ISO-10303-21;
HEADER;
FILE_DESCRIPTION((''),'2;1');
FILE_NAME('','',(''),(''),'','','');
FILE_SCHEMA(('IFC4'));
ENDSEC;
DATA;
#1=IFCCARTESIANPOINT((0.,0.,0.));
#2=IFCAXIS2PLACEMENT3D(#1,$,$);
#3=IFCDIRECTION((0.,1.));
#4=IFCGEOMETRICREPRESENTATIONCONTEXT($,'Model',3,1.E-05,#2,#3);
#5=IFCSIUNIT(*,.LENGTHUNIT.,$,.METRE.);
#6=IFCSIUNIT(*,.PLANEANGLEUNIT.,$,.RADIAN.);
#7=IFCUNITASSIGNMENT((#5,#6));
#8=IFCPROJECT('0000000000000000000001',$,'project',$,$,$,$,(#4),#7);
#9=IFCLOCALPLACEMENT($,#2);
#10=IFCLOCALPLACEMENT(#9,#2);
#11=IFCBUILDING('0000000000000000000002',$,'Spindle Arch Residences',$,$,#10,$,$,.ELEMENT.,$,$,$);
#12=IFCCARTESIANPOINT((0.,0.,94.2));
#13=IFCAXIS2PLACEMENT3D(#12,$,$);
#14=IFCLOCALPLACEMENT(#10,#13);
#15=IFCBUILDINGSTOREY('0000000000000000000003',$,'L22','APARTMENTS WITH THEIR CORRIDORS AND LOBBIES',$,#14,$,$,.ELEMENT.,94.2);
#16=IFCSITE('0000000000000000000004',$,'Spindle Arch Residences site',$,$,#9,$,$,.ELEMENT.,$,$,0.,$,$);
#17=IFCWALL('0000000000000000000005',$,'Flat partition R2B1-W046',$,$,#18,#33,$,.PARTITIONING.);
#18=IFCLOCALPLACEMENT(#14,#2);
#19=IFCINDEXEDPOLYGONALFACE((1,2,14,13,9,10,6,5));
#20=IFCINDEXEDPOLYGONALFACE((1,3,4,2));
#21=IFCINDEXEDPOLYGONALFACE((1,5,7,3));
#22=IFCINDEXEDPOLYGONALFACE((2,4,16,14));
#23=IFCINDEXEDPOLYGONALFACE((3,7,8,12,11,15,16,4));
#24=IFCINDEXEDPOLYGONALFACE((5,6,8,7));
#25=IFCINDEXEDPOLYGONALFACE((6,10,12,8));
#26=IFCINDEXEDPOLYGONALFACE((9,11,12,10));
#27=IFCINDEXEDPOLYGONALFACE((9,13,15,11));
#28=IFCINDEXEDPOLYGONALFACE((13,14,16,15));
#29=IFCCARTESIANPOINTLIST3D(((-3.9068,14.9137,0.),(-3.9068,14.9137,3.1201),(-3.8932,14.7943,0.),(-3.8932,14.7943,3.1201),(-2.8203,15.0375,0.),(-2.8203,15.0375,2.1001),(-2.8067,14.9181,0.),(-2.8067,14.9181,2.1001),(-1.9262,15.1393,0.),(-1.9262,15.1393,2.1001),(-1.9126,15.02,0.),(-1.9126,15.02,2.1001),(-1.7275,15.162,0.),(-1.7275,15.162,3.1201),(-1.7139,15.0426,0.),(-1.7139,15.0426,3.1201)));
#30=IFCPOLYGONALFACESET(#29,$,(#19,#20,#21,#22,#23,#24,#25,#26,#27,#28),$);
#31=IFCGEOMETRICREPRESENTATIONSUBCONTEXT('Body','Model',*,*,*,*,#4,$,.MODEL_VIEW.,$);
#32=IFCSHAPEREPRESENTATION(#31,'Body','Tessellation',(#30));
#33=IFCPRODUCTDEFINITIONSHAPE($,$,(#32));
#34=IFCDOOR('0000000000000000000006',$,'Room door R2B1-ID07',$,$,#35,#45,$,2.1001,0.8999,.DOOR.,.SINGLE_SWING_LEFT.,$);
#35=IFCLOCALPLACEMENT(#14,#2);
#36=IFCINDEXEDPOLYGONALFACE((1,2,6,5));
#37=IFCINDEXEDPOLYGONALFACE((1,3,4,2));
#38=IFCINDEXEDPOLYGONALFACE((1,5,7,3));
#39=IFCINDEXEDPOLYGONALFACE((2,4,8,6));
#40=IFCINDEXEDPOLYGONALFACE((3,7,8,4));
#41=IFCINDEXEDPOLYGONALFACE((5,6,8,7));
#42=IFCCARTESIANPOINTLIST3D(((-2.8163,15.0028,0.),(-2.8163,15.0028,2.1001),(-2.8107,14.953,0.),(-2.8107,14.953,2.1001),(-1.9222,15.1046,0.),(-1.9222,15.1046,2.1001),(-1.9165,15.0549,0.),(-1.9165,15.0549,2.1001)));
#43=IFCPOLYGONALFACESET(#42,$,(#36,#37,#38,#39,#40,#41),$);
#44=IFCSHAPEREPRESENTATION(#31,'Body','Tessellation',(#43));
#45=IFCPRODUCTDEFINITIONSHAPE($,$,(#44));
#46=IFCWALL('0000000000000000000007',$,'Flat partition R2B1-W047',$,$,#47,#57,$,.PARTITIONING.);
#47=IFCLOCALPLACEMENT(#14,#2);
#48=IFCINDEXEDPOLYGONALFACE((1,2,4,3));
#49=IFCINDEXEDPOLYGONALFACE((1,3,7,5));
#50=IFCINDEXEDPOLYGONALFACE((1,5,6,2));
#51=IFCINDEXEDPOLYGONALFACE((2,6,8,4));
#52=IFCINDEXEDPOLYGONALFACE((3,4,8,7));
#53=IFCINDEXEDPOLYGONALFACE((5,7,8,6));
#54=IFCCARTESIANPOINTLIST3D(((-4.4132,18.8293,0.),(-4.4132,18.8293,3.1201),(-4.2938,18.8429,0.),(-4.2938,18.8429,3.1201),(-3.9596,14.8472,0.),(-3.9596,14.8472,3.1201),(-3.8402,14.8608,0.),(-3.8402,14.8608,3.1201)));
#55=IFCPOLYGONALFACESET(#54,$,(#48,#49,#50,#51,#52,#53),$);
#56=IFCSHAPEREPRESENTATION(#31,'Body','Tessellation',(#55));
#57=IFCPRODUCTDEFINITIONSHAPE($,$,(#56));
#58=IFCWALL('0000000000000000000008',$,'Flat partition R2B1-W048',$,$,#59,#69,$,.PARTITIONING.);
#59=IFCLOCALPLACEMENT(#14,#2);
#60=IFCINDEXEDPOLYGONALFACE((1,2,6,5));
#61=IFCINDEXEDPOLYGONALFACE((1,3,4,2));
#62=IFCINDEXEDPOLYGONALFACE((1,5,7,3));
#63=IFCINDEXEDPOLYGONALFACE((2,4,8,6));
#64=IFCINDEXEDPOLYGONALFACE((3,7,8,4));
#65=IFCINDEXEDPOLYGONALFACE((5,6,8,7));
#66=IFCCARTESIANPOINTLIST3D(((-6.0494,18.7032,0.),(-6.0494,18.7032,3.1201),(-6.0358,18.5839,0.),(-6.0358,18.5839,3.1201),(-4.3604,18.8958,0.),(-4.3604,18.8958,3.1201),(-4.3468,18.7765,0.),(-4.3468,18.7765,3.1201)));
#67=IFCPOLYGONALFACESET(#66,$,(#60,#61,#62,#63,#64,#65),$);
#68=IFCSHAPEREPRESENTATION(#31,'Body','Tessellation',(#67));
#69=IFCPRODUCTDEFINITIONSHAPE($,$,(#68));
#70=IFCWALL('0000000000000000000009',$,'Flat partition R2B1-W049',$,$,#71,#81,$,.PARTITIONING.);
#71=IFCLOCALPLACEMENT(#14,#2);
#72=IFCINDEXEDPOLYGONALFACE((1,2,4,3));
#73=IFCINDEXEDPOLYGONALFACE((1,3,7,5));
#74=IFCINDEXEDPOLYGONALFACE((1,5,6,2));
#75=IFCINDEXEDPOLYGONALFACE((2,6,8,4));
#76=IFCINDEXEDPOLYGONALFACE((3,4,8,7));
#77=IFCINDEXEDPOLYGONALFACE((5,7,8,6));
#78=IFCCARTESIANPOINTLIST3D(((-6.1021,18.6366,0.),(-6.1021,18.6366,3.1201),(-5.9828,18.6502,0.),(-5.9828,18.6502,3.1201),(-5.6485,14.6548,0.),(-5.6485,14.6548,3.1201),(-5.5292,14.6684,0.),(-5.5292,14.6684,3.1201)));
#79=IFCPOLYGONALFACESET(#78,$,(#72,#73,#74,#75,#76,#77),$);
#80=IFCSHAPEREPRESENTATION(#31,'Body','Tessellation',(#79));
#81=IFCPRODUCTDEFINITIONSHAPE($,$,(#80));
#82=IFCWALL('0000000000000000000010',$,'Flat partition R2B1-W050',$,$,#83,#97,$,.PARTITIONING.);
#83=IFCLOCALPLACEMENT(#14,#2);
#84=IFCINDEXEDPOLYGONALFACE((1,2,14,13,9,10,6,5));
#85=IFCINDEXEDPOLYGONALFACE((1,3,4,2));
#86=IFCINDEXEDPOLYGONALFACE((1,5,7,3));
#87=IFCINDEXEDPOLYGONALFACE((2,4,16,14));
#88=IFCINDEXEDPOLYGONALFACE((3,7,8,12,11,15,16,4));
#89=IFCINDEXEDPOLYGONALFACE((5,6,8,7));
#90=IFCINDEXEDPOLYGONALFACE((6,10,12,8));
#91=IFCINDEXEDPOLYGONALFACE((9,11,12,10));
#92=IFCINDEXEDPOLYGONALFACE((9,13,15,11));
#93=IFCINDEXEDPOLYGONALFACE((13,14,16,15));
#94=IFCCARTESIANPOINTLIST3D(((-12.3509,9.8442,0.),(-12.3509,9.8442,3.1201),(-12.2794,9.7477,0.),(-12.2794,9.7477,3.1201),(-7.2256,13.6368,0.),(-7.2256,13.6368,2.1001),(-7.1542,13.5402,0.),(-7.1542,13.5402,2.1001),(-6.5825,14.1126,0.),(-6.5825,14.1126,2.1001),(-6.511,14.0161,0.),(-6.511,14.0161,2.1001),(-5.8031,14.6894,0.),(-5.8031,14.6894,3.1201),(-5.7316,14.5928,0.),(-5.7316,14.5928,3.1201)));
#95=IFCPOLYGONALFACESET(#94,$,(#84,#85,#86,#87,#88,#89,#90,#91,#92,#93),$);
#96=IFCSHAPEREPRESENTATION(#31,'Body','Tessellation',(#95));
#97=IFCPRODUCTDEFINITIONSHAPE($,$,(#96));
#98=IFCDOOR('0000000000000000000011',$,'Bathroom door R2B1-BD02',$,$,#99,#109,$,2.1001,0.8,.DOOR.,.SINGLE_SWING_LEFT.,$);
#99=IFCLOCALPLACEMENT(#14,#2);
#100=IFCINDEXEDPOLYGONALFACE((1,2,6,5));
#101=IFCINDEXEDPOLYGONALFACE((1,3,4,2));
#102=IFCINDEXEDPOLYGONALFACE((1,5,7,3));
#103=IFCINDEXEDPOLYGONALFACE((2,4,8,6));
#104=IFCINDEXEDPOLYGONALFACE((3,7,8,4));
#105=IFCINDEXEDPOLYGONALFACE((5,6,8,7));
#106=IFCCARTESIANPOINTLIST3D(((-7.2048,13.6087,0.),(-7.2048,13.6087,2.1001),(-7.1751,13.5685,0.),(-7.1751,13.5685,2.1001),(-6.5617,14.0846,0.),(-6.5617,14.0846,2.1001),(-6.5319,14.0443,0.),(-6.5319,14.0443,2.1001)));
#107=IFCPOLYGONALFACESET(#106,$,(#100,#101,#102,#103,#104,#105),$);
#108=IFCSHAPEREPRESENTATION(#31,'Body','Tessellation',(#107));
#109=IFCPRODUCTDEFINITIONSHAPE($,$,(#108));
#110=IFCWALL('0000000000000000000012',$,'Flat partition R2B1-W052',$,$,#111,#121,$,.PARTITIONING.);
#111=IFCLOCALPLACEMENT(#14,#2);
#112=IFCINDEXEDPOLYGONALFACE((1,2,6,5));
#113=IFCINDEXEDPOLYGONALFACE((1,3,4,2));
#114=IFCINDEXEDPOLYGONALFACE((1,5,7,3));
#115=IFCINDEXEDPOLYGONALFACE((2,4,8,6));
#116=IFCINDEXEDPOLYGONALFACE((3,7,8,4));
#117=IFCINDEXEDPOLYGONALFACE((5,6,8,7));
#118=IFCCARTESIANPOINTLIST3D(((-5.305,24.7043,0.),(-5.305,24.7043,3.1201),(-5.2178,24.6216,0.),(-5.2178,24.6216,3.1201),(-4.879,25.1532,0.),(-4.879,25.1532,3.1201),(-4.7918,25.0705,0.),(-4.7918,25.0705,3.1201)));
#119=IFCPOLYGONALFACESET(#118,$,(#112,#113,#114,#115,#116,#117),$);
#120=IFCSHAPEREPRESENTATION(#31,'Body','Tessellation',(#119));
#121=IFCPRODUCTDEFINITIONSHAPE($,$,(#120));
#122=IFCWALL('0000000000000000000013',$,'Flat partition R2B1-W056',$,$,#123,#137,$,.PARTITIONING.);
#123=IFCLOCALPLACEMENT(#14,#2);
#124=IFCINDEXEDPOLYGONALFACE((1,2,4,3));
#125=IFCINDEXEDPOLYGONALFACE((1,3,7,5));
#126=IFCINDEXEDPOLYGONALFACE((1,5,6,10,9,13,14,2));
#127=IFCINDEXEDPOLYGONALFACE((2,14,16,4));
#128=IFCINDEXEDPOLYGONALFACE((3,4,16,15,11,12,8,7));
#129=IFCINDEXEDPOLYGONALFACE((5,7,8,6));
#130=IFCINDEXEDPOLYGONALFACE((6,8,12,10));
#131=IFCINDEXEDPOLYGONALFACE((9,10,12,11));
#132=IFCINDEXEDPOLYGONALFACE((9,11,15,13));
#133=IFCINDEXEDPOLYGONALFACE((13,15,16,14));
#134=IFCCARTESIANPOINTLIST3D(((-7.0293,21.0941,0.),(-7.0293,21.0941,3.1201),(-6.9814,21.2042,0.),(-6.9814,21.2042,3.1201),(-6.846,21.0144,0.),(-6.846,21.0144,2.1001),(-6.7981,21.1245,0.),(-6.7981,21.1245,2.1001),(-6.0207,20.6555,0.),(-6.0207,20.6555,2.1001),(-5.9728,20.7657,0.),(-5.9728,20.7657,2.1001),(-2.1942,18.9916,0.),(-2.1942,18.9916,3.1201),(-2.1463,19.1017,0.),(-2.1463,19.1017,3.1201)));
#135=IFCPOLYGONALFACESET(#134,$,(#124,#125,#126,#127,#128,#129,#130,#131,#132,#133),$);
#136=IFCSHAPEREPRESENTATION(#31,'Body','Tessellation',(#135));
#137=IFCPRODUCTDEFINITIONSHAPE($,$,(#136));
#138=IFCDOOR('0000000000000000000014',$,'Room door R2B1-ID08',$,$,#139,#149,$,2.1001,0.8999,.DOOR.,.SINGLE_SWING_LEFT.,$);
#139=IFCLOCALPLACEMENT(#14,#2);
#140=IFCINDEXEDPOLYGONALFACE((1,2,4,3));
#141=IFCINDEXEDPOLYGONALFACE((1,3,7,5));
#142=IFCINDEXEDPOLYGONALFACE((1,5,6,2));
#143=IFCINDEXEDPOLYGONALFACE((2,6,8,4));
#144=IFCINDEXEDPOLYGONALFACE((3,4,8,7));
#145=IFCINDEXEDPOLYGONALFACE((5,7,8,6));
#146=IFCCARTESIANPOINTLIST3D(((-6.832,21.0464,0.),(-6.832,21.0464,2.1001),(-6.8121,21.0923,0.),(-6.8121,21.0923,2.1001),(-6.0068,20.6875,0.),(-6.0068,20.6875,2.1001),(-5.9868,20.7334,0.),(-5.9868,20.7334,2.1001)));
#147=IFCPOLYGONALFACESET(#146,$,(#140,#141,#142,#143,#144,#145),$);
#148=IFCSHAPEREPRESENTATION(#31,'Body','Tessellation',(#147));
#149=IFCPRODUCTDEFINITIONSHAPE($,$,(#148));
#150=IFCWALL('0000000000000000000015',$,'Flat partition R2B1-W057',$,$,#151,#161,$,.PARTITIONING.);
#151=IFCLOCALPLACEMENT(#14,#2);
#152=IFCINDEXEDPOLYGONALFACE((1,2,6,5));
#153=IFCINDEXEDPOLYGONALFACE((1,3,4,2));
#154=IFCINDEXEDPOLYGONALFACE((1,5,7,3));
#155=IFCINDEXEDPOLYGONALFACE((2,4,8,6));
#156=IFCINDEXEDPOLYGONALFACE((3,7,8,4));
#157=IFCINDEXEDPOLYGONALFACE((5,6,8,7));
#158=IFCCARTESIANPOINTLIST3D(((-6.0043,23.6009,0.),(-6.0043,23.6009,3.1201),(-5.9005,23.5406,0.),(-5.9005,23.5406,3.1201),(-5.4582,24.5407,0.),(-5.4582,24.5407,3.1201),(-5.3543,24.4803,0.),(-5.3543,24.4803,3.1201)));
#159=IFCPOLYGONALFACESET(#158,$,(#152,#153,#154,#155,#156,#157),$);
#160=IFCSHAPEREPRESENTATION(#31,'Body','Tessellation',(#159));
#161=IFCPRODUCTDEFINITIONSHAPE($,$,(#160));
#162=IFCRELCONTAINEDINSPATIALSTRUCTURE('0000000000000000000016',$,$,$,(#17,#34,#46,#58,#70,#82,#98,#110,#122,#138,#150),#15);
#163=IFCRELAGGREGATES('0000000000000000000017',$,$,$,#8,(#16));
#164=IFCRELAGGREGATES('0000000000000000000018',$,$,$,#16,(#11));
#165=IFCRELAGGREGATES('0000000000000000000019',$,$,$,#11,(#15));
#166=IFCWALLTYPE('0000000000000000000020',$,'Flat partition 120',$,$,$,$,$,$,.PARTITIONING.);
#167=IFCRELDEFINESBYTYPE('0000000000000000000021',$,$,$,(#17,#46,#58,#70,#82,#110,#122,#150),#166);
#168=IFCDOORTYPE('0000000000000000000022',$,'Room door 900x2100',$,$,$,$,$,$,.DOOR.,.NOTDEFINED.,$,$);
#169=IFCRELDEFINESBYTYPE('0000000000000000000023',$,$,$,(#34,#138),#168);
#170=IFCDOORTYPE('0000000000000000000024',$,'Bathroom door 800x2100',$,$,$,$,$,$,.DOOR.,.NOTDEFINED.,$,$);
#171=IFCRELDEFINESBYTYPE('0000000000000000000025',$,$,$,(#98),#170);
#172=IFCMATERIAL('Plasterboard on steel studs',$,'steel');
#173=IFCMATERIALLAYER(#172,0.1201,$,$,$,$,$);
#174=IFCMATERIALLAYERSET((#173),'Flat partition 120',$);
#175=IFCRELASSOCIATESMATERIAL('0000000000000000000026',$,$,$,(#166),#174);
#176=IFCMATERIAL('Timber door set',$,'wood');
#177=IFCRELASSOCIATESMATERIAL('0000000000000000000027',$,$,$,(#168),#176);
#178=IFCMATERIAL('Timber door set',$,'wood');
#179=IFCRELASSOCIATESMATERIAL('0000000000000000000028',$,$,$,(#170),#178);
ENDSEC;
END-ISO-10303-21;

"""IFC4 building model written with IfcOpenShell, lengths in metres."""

from ifc_helpers import new_model, si_unit, direction, frame, frame_2d, origin, place, context, subcontext, project, spatial, rectangle, extrude, material, layer, layer_set, type_object, element, fill, save


model = new_model("IFC4")

# Units and contexts
model_context = context("Model", 3, precision=1e-05, world=origin(), true_north=direction((0.0, 1.0)))
body_context = subcontext(model_context, "Body", "Model", "MODEL_VIEW")
ifc_project = project(units=[si_unit("LENGTHUNIT", "METRE"), si_unit("PLANEANGLEUNIT", "RADIAN")], contexts=[model_context])

# Site, building, storey
site_placement = place(None, origin())
site = spatial("IfcSite", under=ifc_project, at=site_placement, Name="Spindle Arch Residences site", CompositionType="ELEMENT", RefElevation=0.0)
building_placement = place(site_placement, origin())
building = spatial("IfcBuilding", under=site, at=building_placement, Name="Spindle Arch Residences", CompositionType="ELEMENT")
storey_placement = place(building_placement, frame((0.0, 0.0, 94.2)))
storey = spatial("IfcBuildingStorey", under=building, at=storey_placement, Name="L22", Description="APARTMENTS WITH THEIR CORRIDORS AND LOBBIES", CompositionType="ELEMENT", Elevation=94.2)

# Shared definitions
ifc_material_1 = material(Name="Plasterboard on steel studs", Category="steel")
ifc_layer_1 = layer(ifc_material_1, 0.1201)
ifc_layer_set_1 = layer_set([ifc_layer_1], Name="Flat partition 120")
wall_type_1 = type_object("IfcWallType", Name="Flat partition 120", PredefinedType="PARTITIONING", material=ifc_layer_set_1)

# Wall, opening, door
wall_1_placement = place(storey_placement, frame((-1.7207, 15.1023, 0.0), z_axis=(0.0, 0.0, 1.0), x_axis=(-0.993572, -0.113204, 0.0)))
wall_1 = element("IfcWall", 1, at=wall_1_placement, inside=storey, type_object=wall_type_1, Name="Flat partition R2B1-W046", PredefinedType="PARTITIONING", context=body_context, shape_type="SweptSolid", body=[
    extrude(rectangle(XDim=2.1934, YDim=0.1201, at=frame_2d((1.0967, 0.0))), origin(), (0.0, 0.0, 1.0), 3.1201),
])
opening_1_placement = place(wall_1_placement, frame((0.2, 0.0, 0.0)))
opening_1 = element("IfcOpeningElement", 2, at=opening_1_placement, cuts=wall_1, PredefinedType="OPENING", context=body_context, shape_type="SweptSolid", body=[
    extrude(rectangle(XDim=0.8999, YDim=2.1001, at=frame_2d((0.45, 1.05))), frame((0.0, 0.0701, 0.0), z_axis=(0.0, -1.0, 0.0), x_axis=(1.0, 0.0, 0.0)), (0.0, 0.0, 1.0), 0.1401),
])
ifc_material_2 = material(Name="Timber door set", Category="wood")
door_type_1 = type_object("IfcDoorType", Name="Room door 900x2100", OperationType="NOTDEFINED", PredefinedType="DOOR", material=ifc_material_2)
door_1_placement = place(opening_1_placement, origin())
door_1 = element("IfcDoor", 3, at=door_1_placement, inside=storey, type_object=door_type_1, Name="Room door R2B1-ID07", OperationType="SINGLE_SWING_LEFT", OverallHeight=2.1001, OverallWidth=0.8999, PredefinedType="DOOR", context=body_context, shape_type="SweptSolid", body=[
    extrude(rectangle(XDim=0.8999, YDim=2.1001, at=frame_2d((0.45, 1.05))), frame((0.0, 0.0249, 0.0), z_axis=(0.0, -1.0, 0.0), x_axis=(1.0, 0.0, 0.0)), (0.0, 0.0, 1.0), 0.05),
])
fill(opening_1, door_1)

# Walls
wall_2_placement = place(storey_placement, frame((-3.8999, 14.854, 0.0), z_axis=(0.0, 0.0, 1.0), x_axis=(-0.113179, 0.993575, 0.0)))
element("IfcWall", 4, at=wall_2_placement, inside=storey, type_object=wall_type_1, Name="Flat partition R2B1-W047", PredefinedType="PARTITIONING", context=body_context, shape_type="SweptSolid", body=[
    extrude(rectangle(XDim=4.0078, YDim=0.1201, at=frame_2d((2.0039, 0.0))), origin(), (0.0, 0.0, 1.0), 3.1201),
])
wall_3_placement = place(storey_placement, frame((-4.3535, 18.8362, 0.0), z_axis=(0.0, 0.0, 1.0), x_axis=(-0.993559, -0.113316, 0.0)))
element("IfcWall", 5, at=wall_3_placement, inside=storey, type_object=wall_type_1, Name="Flat partition R2B1-W048", PredefinedType="PARTITIONING", context=body_context, shape_type="SweptSolid", body=[
    extrude(rectangle(XDim=1.7, YDim=0.1201, at=frame_2d((0.8501, 0.0))), origin(), (0.0, 0.0, 1.0), 3.1201),
])
wall_4_placement = place(storey_placement, frame((-6.0425, 18.6436, 0.0), z_axis=(0.0, 0.0, 1.0), x_axis=(0.113186, -0.993574, 0.0)))
element("IfcWall", 6, at=wall_4_placement, inside=storey, type_object=wall_type_1, Name="Flat partition R2B1-W049", PredefinedType="PARTITIONING", context=body_context, shape_type="SweptSolid", body=[
    extrude(rectangle(XDim=4.0076, YDim=0.1201, at=frame_2d((2.0039, 0.0))), origin(), (0.0, 0.0, 1.0), 3.1201),
])

# Wall, opening, door
wall_5_placement = place(storey_placement, frame((-5.7673, 14.6411, 0.0), z_axis=(0.0, 0.0, 1.0), x_axis=(-0.803853, -0.594828, 0.0)))
wall_5 = element("IfcWall", 7, at=wall_5_placement, inside=storey, type_object=wall_type_1, Name="Flat partition R2B1-W050", PredefinedType="PARTITIONING", context=body_context, shape_type="SweptSolid", body=[
    extrude(rectangle(XDim=8.1455, YDim=0.1201, at=frame_2d((4.0728, 0.0))), origin(), (0.0, 0.0, 1.0), 3.1201),
])
opening_2_placement = place(wall_5_placement, frame((0.9697, 0.0, 0.0)))
opening_2 = element("IfcOpeningElement", 8, at=opening_2_placement, cuts=wall_5, PredefinedType="OPENING", context=body_context, shape_type="SweptSolid", body=[
    extrude(rectangle(XDim=0.8, YDim=2.1001, at=frame_2d((0.3999, 1.05))), frame((0.0, 0.0701, 0.0), z_axis=(0.0, -1.0, 0.0), x_axis=(1.0, 0.0, 0.0)), (0.0, 0.0, 1.0), 0.1401),
])
ifc_material_3 = material(Name="Timber door set", Category="wood")
door_type_2 = type_object("IfcDoorType", Name="Bathroom door 800x2100", OperationType="NOTDEFINED", PredefinedType="DOOR", material=ifc_material_3)
door_2_placement = place(opening_2_placement, origin())
door_2 = element("IfcDoor", 9, at=door_2_placement, inside=storey, type_object=door_type_2, Name="Bathroom door R2B1-BD02", OperationType="SINGLE_SWING_LEFT", OverallHeight=2.1001, OverallWidth=0.8, PredefinedType="DOOR", context=body_context, shape_type="SweptSolid", body=[
    extrude(rectangle(XDim=0.8, YDim=2.1001, at=frame_2d((0.3999, 1.05))), frame((0.0, 0.0249, 0.0), z_axis=(0.0, -1.0, 0.0), x_axis=(1.0, 0.0, 0.0)), (0.0, 0.0, 1.0), 0.05),
])
fill(opening_2, door_2)

# Wall
wall_6_placement = place(storey_placement, frame((-5.2615, 24.6628, 0.0), z_axis=(0.0, 0.0, 1.0), x_axis=(0.688324, 0.725403, 0.0)))
element("IfcWall", 10, at=wall_6_placement, inside=storey, type_object=wall_type_1, Name="Flat partition R2B1-W052", PredefinedType="PARTITIONING", context=body_context, shape_type="SweptSolid", body=[
    extrude(rectangle(XDim=0.6189, YDim=0.1201, at=frame_2d((0.3096, 0.0))), origin(), (0.0, 0.0, 1.0), 3.1201),
])

# Wall, opening, door
wall_7_placement = place(storey_placement, frame((-7.0054, 21.1492, 0.0), z_axis=(0.0, 0.0, 1.0), x_axis=(0.917051, -0.39877, 0.0)))
wall_7 = element("IfcWall", 11, at=wall_7_placement, inside=storey, type_object=wall_type_1, Name="Flat partition R2B1-W056", PredefinedType="PARTITIONING", context=body_context, shape_type="SweptSolid", body=[
    extrude(rectangle(XDim=5.2725, YDim=0.1201, at=frame_2d((2.6362, 0.0))), origin(), (0.0, 0.0, 1.0), 3.1201),
])
opening_3_placement = place(wall_7_placement, frame((0.2, 0.0, 0.0)))
opening_3 = element("IfcOpeningElement", 12, at=opening_3_placement, cuts=wall_7, PredefinedType="OPENING", context=body_context, shape_type="SweptSolid", body=[
    extrude(rectangle(XDim=0.8999, YDim=2.1001, at=frame_2d((0.45, 1.05))), frame((0.0, 0.0701, 0.0), z_axis=(0.0, -1.0, 0.0), x_axis=(1.0, 0.0, 0.0)), (0.0, 0.0, 1.0), 0.1401),
])
door_3_placement = place(opening_3_placement, origin())
door_3 = element("IfcDoor", 13, at=door_3_placement, inside=storey, type_object=door_type_1, Name="Room door R2B1-ID08", OperationType="SINGLE_SWING_LEFT", OverallHeight=2.1001, OverallWidth=0.8999, PredefinedType="DOOR", context=body_context, shape_type="SweptSolid", body=[
    extrude(rectangle(XDim=0.8999, YDim=2.1001, at=frame_2d((0.45, 1.05))), frame((0.0, 0.0249, 0.0), z_axis=(0.0, -1.0, 0.0), x_axis=(1.0, 0.0, 0.0)), (0.0, 0.0, 1.0), 0.05),
])
fill(opening_3, door_3)

# Wall
wall_8_placement = place(storey_placement, frame((-5.4062, 24.5105, 0.0), z_axis=(0.0, 0.0, 1.0), x_axis=(-0.502488, -0.864584, 0.0)))
element("IfcWall", 14, at=wall_8_placement, inside=storey, type_object=wall_type_1, Name="Flat partition R2B1-W057", PredefinedType="PARTITIONING", context=body_context, shape_type="SweptSolid", body=[
    extrude(rectangle(XDim=1.0869, YDim=0.1201, at=frame_2d((0.5435, 0.0))), origin(), (0.0, 0.0, 1.0), 3.1201),
])

save(model, "model.ifc")
